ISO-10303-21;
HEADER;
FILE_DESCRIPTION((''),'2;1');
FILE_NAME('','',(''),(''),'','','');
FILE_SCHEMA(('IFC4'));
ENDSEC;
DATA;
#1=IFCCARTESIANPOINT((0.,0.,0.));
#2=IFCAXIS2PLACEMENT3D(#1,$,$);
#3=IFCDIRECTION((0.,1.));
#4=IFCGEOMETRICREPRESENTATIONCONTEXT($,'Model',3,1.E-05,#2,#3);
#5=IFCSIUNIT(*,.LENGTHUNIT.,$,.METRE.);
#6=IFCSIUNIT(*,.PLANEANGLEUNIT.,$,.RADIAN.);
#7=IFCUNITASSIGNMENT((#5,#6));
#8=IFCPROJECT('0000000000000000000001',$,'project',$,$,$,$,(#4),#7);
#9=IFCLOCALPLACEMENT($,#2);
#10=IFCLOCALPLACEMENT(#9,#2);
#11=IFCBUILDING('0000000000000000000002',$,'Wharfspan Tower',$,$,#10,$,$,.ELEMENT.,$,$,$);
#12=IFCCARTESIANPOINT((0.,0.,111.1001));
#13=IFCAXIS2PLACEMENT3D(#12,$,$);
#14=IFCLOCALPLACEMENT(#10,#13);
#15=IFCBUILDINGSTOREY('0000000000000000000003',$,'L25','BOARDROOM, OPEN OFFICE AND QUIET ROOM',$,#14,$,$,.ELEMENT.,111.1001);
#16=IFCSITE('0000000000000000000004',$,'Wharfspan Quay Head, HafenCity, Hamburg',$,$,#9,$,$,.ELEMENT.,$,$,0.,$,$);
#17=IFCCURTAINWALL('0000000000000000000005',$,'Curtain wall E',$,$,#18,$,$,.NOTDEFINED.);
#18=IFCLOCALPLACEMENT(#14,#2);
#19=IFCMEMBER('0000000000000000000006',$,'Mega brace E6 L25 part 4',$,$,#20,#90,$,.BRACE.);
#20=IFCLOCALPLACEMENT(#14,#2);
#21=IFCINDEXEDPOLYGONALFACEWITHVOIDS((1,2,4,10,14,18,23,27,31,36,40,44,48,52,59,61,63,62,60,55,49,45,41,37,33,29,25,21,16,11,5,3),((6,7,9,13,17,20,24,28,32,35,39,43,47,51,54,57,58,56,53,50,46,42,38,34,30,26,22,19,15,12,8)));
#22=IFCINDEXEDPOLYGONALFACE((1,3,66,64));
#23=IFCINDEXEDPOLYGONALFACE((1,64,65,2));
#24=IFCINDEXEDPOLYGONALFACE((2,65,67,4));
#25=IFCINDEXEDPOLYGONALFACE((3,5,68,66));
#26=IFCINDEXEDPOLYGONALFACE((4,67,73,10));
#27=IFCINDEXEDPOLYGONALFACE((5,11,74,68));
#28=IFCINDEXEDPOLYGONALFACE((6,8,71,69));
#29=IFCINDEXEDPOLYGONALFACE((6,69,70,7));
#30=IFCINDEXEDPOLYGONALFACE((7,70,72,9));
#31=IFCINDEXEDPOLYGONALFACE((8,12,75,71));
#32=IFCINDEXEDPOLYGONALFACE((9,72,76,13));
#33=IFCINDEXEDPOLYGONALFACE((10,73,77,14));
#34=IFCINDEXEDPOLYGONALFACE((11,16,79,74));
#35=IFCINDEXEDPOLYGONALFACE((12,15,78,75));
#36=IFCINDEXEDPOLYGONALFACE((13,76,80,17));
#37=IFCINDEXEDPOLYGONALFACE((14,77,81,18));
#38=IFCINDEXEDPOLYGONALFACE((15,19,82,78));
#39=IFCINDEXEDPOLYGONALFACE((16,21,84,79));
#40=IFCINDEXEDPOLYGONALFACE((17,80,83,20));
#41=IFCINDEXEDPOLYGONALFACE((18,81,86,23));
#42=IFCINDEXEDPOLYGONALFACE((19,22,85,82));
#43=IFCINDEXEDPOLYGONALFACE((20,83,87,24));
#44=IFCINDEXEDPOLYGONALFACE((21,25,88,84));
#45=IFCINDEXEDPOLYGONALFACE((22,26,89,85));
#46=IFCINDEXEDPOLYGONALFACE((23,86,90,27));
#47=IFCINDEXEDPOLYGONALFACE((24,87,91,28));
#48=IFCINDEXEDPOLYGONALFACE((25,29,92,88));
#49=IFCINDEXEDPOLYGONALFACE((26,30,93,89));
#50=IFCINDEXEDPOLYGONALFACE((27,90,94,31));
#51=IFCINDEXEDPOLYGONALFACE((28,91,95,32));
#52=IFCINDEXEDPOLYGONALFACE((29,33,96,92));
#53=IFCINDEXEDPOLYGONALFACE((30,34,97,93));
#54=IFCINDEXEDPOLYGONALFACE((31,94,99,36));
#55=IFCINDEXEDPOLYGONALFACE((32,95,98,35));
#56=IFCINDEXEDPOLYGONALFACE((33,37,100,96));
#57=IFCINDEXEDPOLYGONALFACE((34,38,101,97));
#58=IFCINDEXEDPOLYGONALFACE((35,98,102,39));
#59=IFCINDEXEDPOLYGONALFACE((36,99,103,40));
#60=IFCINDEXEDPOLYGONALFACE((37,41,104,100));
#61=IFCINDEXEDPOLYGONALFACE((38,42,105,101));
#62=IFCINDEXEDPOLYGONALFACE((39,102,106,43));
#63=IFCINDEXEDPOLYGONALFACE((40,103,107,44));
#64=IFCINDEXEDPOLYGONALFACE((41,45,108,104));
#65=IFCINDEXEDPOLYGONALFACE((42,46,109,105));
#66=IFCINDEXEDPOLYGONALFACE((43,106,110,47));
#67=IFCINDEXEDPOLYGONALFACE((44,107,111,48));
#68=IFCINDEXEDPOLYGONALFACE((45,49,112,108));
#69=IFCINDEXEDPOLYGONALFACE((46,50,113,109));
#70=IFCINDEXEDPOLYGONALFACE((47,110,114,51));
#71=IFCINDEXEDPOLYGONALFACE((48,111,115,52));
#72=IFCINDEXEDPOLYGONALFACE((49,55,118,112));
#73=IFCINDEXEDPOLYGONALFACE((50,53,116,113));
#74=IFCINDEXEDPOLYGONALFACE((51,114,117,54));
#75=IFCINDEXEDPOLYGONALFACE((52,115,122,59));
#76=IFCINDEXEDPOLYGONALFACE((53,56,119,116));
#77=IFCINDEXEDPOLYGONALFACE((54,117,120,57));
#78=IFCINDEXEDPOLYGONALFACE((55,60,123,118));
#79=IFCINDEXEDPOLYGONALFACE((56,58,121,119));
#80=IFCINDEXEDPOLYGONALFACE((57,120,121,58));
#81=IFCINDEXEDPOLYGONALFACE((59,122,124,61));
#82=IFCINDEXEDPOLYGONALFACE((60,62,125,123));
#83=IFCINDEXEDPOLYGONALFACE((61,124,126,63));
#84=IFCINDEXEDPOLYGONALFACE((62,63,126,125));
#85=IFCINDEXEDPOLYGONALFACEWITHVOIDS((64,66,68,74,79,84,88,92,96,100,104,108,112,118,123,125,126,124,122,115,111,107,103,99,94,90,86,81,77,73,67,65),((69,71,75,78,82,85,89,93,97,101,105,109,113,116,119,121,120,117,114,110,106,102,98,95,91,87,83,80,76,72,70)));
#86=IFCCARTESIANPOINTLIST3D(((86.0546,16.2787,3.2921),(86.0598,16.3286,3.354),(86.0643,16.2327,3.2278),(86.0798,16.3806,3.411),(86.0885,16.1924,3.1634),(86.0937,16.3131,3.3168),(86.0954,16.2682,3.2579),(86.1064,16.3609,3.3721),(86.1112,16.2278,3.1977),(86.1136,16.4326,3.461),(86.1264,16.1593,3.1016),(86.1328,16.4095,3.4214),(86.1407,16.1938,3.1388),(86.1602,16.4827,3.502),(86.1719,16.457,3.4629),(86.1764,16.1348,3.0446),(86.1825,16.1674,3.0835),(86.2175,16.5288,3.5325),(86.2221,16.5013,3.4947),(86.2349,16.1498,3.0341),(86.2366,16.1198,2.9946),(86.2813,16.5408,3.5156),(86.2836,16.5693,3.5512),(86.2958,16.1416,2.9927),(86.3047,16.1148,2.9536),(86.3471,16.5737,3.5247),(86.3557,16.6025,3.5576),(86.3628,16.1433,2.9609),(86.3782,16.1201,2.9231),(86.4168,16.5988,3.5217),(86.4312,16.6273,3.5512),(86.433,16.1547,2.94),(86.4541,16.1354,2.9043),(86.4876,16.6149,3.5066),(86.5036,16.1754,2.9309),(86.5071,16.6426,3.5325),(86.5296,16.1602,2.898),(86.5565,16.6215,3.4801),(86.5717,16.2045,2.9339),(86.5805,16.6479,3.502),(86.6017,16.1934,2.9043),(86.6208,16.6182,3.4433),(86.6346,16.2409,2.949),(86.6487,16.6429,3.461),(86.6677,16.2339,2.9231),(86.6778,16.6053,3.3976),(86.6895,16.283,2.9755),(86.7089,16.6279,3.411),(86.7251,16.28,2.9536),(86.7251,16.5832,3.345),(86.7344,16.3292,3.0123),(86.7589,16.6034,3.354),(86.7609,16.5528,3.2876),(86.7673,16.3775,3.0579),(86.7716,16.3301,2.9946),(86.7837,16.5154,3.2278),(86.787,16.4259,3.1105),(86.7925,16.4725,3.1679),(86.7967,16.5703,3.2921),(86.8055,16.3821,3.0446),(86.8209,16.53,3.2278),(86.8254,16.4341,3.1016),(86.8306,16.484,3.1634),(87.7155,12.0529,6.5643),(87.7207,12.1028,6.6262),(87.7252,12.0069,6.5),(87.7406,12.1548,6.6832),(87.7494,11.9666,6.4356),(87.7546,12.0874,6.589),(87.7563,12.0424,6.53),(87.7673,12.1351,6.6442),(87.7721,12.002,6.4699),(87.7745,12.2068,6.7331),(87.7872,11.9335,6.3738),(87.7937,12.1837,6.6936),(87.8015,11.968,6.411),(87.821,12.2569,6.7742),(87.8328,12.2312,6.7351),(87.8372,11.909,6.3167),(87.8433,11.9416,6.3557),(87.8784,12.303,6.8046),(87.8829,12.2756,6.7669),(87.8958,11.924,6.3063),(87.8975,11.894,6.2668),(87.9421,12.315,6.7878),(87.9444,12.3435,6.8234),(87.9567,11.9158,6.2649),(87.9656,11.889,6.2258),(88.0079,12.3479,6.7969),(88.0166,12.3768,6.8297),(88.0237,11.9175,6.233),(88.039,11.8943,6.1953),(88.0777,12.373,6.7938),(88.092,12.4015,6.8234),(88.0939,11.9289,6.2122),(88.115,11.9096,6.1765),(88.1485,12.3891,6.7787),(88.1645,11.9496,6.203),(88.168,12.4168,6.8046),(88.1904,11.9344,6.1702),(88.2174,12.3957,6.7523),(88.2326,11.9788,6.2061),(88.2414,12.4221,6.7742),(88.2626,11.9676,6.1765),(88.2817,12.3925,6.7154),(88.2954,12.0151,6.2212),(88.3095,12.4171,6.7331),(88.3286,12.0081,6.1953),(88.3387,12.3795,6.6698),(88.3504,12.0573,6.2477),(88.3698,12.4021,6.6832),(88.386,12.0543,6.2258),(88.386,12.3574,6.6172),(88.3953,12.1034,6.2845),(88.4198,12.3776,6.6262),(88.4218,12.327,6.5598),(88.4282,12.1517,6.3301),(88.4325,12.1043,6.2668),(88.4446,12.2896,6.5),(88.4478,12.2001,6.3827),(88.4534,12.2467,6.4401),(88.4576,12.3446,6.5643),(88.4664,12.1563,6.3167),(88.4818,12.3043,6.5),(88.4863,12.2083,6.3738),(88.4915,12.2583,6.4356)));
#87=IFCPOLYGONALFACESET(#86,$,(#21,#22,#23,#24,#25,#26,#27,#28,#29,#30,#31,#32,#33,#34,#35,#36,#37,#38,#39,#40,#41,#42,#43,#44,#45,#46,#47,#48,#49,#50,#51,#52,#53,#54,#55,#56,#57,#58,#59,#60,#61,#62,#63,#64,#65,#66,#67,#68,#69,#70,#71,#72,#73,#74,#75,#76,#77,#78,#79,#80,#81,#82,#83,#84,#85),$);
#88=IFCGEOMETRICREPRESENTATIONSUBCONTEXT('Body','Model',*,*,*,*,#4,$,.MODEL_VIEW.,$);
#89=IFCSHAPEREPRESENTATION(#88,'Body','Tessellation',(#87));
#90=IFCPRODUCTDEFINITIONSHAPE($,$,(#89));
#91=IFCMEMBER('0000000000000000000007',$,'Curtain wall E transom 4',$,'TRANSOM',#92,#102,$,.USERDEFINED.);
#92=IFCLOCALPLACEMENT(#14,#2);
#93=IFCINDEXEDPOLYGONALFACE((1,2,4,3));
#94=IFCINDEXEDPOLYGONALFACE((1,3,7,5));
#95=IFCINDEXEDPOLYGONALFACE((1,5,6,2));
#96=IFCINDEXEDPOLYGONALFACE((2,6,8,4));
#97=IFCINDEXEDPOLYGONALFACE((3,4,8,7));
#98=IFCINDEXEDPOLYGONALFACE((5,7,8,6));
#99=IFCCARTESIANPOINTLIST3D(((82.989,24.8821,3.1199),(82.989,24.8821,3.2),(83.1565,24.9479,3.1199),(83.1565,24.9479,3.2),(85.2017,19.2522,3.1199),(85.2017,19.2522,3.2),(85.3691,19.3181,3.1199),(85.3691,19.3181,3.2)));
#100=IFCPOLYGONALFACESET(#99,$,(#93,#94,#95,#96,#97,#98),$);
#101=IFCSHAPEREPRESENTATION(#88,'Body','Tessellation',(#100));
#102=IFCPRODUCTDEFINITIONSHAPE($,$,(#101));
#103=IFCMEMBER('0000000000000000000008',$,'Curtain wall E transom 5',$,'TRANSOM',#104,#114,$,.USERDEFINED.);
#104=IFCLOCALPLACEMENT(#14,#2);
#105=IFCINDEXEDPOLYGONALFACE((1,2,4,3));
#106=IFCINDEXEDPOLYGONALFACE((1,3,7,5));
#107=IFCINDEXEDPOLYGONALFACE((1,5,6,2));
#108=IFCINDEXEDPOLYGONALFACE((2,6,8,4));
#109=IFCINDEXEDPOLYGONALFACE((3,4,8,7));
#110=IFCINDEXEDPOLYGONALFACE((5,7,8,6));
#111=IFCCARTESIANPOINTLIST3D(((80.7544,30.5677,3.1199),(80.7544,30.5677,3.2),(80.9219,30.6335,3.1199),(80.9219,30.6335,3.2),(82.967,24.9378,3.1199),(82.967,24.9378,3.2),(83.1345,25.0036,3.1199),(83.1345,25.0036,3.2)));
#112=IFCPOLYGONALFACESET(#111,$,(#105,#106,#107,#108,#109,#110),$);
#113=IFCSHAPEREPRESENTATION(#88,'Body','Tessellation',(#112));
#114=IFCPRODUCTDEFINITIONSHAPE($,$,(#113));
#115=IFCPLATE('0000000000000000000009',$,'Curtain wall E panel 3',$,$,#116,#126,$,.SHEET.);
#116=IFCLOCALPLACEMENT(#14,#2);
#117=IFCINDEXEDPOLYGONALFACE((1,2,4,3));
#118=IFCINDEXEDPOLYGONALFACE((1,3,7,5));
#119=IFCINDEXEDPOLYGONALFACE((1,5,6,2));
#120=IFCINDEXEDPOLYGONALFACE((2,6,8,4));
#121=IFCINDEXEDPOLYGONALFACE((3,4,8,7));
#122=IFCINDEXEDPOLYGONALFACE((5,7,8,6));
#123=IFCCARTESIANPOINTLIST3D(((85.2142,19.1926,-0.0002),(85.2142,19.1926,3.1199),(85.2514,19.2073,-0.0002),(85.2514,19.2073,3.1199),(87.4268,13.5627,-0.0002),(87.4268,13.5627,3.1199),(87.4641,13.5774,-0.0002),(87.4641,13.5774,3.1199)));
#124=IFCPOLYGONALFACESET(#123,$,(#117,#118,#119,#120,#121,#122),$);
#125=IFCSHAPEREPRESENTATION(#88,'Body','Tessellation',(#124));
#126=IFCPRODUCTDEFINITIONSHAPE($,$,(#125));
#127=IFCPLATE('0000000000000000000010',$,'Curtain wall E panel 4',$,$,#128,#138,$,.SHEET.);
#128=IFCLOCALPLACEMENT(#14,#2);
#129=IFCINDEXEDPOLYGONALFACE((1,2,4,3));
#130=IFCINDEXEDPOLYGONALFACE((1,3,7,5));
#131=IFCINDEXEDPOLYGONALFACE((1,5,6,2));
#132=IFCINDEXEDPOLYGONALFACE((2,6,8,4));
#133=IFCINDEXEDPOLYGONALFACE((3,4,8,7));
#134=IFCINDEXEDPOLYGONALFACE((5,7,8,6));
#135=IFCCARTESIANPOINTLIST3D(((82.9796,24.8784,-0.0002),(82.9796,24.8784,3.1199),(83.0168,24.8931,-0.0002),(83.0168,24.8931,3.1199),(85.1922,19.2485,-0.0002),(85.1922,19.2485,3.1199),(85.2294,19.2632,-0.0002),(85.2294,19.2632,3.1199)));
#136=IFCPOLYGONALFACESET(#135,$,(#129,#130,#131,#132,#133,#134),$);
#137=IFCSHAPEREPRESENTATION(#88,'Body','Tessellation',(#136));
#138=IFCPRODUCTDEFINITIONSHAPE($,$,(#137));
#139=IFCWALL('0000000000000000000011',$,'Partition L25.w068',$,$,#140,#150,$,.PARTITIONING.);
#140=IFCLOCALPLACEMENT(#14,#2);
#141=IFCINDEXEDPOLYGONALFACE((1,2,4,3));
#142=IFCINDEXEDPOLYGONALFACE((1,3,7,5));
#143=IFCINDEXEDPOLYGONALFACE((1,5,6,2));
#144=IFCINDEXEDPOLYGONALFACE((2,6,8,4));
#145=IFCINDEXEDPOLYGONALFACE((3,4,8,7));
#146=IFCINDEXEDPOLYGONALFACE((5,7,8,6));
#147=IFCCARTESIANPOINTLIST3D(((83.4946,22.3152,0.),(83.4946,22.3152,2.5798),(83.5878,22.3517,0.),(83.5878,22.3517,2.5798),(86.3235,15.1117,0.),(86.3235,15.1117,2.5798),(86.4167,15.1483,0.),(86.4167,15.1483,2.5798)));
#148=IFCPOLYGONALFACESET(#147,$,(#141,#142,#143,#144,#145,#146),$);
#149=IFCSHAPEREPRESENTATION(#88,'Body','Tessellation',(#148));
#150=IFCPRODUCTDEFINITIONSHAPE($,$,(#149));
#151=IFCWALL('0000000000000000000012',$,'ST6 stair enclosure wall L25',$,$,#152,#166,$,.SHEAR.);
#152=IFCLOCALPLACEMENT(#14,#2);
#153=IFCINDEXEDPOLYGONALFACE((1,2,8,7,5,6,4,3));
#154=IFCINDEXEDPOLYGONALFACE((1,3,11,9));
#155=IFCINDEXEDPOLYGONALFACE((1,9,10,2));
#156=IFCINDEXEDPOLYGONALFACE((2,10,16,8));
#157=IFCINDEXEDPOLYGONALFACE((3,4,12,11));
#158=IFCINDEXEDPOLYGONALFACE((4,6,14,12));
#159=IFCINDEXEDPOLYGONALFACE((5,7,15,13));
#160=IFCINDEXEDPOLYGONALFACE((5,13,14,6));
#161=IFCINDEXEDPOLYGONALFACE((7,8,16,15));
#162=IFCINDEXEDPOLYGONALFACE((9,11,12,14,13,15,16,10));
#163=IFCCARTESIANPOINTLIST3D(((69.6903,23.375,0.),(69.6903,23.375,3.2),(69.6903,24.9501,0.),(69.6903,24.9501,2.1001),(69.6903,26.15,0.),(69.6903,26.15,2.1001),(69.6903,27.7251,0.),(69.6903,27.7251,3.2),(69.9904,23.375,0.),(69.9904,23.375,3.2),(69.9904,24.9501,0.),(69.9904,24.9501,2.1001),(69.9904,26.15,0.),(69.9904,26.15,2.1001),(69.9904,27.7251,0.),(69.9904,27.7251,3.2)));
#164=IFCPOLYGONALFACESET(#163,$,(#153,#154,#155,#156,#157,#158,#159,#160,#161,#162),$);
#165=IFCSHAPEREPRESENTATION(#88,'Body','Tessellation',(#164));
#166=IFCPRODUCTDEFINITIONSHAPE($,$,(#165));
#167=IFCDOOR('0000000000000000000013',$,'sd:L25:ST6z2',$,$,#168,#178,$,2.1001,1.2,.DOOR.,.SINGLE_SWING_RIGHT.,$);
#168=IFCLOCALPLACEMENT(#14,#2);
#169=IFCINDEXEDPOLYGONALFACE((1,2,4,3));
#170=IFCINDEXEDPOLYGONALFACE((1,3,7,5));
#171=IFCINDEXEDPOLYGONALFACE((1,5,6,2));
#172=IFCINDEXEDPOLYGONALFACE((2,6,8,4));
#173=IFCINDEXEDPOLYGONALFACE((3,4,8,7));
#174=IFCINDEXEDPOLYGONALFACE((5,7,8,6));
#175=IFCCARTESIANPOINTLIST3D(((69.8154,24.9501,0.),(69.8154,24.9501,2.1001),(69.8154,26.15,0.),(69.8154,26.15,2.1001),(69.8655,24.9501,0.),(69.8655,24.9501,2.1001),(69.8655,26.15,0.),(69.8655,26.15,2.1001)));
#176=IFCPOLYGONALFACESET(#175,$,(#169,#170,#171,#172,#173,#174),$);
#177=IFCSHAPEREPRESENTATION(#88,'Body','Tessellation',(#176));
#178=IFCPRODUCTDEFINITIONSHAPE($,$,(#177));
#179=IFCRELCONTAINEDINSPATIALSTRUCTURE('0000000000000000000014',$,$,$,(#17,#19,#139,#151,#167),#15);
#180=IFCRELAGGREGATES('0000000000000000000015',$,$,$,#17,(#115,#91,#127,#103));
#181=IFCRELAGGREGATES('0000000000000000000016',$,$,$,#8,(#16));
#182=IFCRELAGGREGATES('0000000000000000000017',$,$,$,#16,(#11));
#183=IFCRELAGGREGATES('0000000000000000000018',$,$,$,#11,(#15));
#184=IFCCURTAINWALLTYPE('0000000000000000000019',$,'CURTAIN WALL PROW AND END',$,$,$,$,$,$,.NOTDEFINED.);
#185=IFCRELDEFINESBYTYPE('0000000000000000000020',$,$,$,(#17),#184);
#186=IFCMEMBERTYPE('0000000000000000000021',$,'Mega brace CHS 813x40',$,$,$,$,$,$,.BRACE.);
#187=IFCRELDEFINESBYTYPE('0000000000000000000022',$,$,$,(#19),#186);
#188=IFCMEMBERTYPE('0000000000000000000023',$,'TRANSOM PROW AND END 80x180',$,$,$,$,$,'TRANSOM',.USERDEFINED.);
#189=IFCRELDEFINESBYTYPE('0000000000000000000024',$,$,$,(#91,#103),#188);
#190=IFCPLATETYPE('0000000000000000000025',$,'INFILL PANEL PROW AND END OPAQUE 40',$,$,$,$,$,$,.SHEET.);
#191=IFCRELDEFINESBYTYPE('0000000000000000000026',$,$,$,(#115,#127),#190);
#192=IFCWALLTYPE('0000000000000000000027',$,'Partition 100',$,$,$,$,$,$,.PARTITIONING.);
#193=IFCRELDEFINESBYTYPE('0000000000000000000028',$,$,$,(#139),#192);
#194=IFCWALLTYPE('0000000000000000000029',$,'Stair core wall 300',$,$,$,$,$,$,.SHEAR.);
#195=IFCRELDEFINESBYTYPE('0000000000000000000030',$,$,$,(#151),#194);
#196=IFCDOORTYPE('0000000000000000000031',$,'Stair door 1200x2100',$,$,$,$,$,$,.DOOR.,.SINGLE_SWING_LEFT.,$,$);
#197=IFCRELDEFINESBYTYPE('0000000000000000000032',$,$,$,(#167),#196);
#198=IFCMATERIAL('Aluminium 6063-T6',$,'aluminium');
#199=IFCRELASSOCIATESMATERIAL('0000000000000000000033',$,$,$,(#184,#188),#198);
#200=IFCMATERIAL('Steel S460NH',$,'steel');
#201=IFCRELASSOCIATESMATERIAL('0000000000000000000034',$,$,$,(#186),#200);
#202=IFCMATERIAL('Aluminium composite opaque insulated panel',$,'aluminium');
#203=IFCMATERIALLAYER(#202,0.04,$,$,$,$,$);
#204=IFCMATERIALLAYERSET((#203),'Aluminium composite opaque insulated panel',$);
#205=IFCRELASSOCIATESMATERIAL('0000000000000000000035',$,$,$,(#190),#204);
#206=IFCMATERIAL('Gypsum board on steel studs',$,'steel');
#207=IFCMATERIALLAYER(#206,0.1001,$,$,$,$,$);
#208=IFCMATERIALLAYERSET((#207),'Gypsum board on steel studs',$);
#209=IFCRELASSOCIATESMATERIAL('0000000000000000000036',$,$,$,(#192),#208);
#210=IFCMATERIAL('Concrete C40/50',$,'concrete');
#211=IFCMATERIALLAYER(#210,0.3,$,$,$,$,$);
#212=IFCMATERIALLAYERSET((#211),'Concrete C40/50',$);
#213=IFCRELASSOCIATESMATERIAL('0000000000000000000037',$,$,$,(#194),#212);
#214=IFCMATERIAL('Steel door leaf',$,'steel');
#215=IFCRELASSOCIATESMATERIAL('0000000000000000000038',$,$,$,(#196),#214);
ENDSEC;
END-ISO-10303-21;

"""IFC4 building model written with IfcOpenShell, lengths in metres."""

from ifc_helpers import new_model, si_unit, direction, frame, frame_2d, origin, origin_2d, place, context, subcontext, project, spatial, rectangle, hollow_circle, extrude, material, layer, layer_set, material_profile, profile_set, type_object, element, fill, aggregate, save


model = new_model("IFC4")

# Units and contexts
model_context = context("Model", 3, precision=1e-05, world=origin(), true_north=direction((0.0, 1.0)))
body_context = subcontext(model_context, "Body", "Model", "MODEL_VIEW")
ifc_project = project(units=[si_unit("LENGTHUNIT", "METRE"), si_unit("PLANEANGLEUNIT", "RADIAN")], contexts=[model_context])

# Site, building, storey
site_placement = place(None, origin())
site = spatial("IfcSite", under=ifc_project, at=site_placement, Name="Wharfspan Quay Head, HafenCity, Hamburg", CompositionType="ELEMENT", RefElevation=0.0)
building_placement = place(site_placement, origin())
building = spatial("IfcBuilding", under=site, at=building_placement, Name="Wharfspan Tower", CompositionType="ELEMENT")
storey_placement = place(building_placement, frame((0.0, 0.0, 111.1001)))
storey = spatial("IfcBuildingStorey", under=building, at=storey_placement, Name="L25", Description="BOARDROOM, OPEN OFFICE AND QUIET ROOM", CompositionType="ELEMENT", Elevation=111.1001)

# Curtain wall
ifc_material_1 = material(Name="Aluminium 6063-T6", Category="aluminium")
curtain_wall_type = type_object("IfcCurtainWallType", Name="CURTAIN WALL PROW AND END", PredefinedType="NOTDEFINED", material=ifc_material_1)
curtain_wall_placement = place(storey_placement, origin())
curtain_wall = element("IfcCurtainWall", 1, at=curtain_wall_placement, inside=storey, type_object=curtain_wall_type, Name="Curtain wall E", PredefinedType="NOTDEFINED")

# Member
ifc_material_2 = material(Name="Steel S460NH", Category="steel")
ifc_material_profile_1 = material_profile(ifc_material_2, hollow_circle(Radius=0.4065, WallThickness=0.04, at=origin_2d()))
ifc_profile_set_1 = profile_set([ifc_material_profile_1], Name="Steel S460NH")
member_type_1 = type_object("IfcMemberType", Name="Mega brace CHS 813x40", PredefinedType="BRACE", material=ifc_profile_set_1)
member_1_placement = place(storey_placement, frame((86.4426, 16.3813, 3.2278), z_axis=(0.29676, -0.755051, 0.584664), x_axis=(0.930695, 0.365797, 0.000004)))
element("IfcMember", 2, at=member_1_placement, inside=storey, type_object=member_type_1, Name="Mega brace E6 L25 part 4", PredefinedType="BRACE", context=body_context, shape_type="SweptSolid", body=[
    extrude(hollow_circle(Radius=0.4065, WallThickness=0.04, at=origin_2d()), origin(), (0.0, 0.0, 1.0), 5.5967),
])

# Members
ifc_material_profile_2 = material_profile(ifc_material_1, rectangle(XDim=0.1799, YDim=0.0801, at=origin_2d()))
ifc_profile_set_2 = profile_set([ifc_material_profile_2], Name="Aluminium 6063-T6")
member_type_2 = type_object("IfcMemberType", Name="TRANSOM PROW AND END 80x180", ElementType="TRANSOM", PredefinedType="USERDEFINED", material=ifc_profile_set_2)
member_2_placement = place(storey_placement, frame((85.2854, 19.2852, 3.1599), z_axis=(-0.365782, 0.9307, 0.0), x_axis=(-0.9307, -0.365782, 0.0)))
member_2 = element("IfcMember", 3, at=member_2_placement, type_object=member_type_2, Name="Curtain wall E transom 4", ObjectType="TRANSOM", PredefinedType="USERDEFINED", context=body_context, shape_type="SweptSolid", body=[
    extrude(rectangle(XDim=0.1799, YDim=0.0801, at=origin_2d()), origin(), (0.0, 0.0, 1.0), 6.0491),
])
member_3_placement = place(storey_placement, frame((83.0508, 24.9707, 3.1599), z_axis=(-0.365782, 0.9307, 0.0), x_axis=(-0.9307, -0.365782, 0.0)))
member_3 = element("IfcMember", 4, at=member_3_placement, type_object=member_type_2, Name="Curtain wall E transom 5", ObjectType="TRANSOM", PredefinedType="USERDEFINED", context=body_context, shape_type="SweptSolid", body=[
    extrude(rectangle(XDim=0.1799, YDim=0.0801, at=origin_2d()), origin(), (0.0, 0.0, 1.0), 6.0491),
])

# Plates
ifc_material_3 = material(Name="Aluminium composite opaque insulated panel", Category="aluminium")
ifc_layer_1 = layer(ifc_material_3, 0.04)
ifc_layer_set_1 = layer_set([ifc_layer_1], Name="Aluminium composite opaque insulated panel")
plate_type = type_object("IfcPlateType", Name="INFILL PANEL PROW AND END OPAQUE 40", PredefinedType="SHEET", material=ifc_layer_set_1)
plate_1_placement = place(storey_placement, frame((86.3391, 16.385, -0.0002), z_axis=(0.0, 0.0, 1.0), x_axis=(-0.365778, 0.930702, 0.0)))
plate_1 = element("IfcPlate", 5, at=plate_1_placement, type_object=plate_type, Name="Curtain wall E panel 3", PredefinedType="SHEET", context=body_context, shape_type="SweptSolid", body=[
    extrude(rectangle(XDim=6.0491, YDim=0.04, at=origin_2d()), origin(), (0.0, 0.0, 1.0), 3.1201),
])
plate_2_placement = place(storey_placement, frame((84.1045, 22.0708, -0.0002), z_axis=(0.0, 0.0, 1.0), x_axis=(-0.365778, 0.930702, 0.0)))
plate_2 = element("IfcPlate", 6, at=plate_2_placement, type_object=plate_type, Name="Curtain wall E panel 4", PredefinedType="SHEET", context=body_context, shape_type="SweptSolid", body=[
    extrude(rectangle(XDim=6.0491, YDim=0.04, at=origin_2d()), origin(), (0.0, 0.0, 1.0), 3.1201),
])
aggregate(curtain_wall, [plate_1, member_2, plate_2, member_3])

# Wall
ifc_material_4 = material(Name="Gypsum board on steel studs", Category="steel")
ifc_layer_2 = layer(ifc_material_4, 0.1001)
ifc_layer_set_2 = layer_set([ifc_layer_2], Name="Gypsum board on steel studs")
wall_type_1 = type_object("IfcWallType", Name="Partition 100", PredefinedType="PARTITIONING", material=ifc_layer_set_2)
wall_1_placement = place(storey_placement, frame((86.3701, 15.1299, 0.0), z_axis=(0.0, 0.0, 1.0), x_axis=(-0.365535, 0.930794, 0.0)))
element("IfcWall", 7, at=wall_1_placement, inside=storey, type_object=wall_type_1, Name="Partition L25.w068", PredefinedType="PARTITIONING", context=body_context, shape_type="SweptSolid", body=[
    extrude(rectangle(XDim=7.739, YDim=0.1001, at=frame_2d((3.8696, 0.0))), origin(), (0.0, 0.0, 1.0), 2.5798),
])

# Wall, opening, door
ifc_material_5 = material(Name="Concrete C40/50", Category="concrete")
ifc_layer_3 = layer(ifc_material_5, 0.3)
ifc_layer_set_3 = layer_set([ifc_layer_3], Name="Concrete C40/50")
wall_type_2 = type_object("IfcWallType", Name="Stair core wall 300", PredefinedType="SHEAR", material=ifc_layer_set_3)
wall_2_placement = place(storey_placement, frame((69.8403, 23.375, 0.0), z_axis=(0.0, 0.0, 1.0), x_axis=(0.0, 1.0, 0.0)))
wall_2 = element("IfcWall", 8, at=wall_2_placement, inside=storey, type_object=wall_type_2, Name="ST6 stair enclosure wall L25", PredefinedType="SHEAR", context=body_context, shape_type="SweptSolid", body=[
    extrude(rectangle(XDim=4.3501, YDim=0.3, at=frame_2d((2.175, 0.0))), origin(), (0.0, 0.0, 1.0), 3.2),
])
opening_placement = place(wall_2_placement, frame((1.575, 0.0, 0.0)))
opening = element("IfcOpeningElement", 9, at=opening_placement, cuts=wall_2, PredefinedType="OPENING", context=body_context, shape_type="SweptSolid", body=[
    extrude(rectangle(XDim=1.2, YDim=2.1001, at=frame_2d((0.6001, 1.05))), frame((0.0, 0.1599, 0.0), z_axis=(0.0, -1.0, 0.0), x_axis=(1.0, 0.0, 0.0)), (0.0, 0.0, 1.0), 0.3201),
])
ifc_material_6 = material(Name="Steel door leaf", Category="steel")
door_type = type_object("IfcDoorType", Name="Stair door 1200x2100", OperationType="SINGLE_SWING_LEFT", PredefinedType="DOOR", material=ifc_material_6)
door_placement = place(opening_placement, origin())
door = element("IfcDoor", 10, at=door_placement, inside=storey, type_object=door_type, Name="sd:L25:ST6z2", OperationType="SINGLE_SWING_RIGHT", OverallHeight=2.1001, OverallWidth=1.2, PredefinedType="DOOR", context=body_context, shape_type="SweptSolid", body=[
    extrude(rectangle(XDim=1.2, YDim=2.1001, at=frame_2d((0.6001, 1.05))), frame((0.0, 0.0249, 0.0), z_axis=(0.0, -1.0, 0.0), x_axis=(1.0, 0.0, 0.0)), (0.0, 0.0, 1.0), 0.05),
])
fill(opening, door)

save(model, "model.ifc")
